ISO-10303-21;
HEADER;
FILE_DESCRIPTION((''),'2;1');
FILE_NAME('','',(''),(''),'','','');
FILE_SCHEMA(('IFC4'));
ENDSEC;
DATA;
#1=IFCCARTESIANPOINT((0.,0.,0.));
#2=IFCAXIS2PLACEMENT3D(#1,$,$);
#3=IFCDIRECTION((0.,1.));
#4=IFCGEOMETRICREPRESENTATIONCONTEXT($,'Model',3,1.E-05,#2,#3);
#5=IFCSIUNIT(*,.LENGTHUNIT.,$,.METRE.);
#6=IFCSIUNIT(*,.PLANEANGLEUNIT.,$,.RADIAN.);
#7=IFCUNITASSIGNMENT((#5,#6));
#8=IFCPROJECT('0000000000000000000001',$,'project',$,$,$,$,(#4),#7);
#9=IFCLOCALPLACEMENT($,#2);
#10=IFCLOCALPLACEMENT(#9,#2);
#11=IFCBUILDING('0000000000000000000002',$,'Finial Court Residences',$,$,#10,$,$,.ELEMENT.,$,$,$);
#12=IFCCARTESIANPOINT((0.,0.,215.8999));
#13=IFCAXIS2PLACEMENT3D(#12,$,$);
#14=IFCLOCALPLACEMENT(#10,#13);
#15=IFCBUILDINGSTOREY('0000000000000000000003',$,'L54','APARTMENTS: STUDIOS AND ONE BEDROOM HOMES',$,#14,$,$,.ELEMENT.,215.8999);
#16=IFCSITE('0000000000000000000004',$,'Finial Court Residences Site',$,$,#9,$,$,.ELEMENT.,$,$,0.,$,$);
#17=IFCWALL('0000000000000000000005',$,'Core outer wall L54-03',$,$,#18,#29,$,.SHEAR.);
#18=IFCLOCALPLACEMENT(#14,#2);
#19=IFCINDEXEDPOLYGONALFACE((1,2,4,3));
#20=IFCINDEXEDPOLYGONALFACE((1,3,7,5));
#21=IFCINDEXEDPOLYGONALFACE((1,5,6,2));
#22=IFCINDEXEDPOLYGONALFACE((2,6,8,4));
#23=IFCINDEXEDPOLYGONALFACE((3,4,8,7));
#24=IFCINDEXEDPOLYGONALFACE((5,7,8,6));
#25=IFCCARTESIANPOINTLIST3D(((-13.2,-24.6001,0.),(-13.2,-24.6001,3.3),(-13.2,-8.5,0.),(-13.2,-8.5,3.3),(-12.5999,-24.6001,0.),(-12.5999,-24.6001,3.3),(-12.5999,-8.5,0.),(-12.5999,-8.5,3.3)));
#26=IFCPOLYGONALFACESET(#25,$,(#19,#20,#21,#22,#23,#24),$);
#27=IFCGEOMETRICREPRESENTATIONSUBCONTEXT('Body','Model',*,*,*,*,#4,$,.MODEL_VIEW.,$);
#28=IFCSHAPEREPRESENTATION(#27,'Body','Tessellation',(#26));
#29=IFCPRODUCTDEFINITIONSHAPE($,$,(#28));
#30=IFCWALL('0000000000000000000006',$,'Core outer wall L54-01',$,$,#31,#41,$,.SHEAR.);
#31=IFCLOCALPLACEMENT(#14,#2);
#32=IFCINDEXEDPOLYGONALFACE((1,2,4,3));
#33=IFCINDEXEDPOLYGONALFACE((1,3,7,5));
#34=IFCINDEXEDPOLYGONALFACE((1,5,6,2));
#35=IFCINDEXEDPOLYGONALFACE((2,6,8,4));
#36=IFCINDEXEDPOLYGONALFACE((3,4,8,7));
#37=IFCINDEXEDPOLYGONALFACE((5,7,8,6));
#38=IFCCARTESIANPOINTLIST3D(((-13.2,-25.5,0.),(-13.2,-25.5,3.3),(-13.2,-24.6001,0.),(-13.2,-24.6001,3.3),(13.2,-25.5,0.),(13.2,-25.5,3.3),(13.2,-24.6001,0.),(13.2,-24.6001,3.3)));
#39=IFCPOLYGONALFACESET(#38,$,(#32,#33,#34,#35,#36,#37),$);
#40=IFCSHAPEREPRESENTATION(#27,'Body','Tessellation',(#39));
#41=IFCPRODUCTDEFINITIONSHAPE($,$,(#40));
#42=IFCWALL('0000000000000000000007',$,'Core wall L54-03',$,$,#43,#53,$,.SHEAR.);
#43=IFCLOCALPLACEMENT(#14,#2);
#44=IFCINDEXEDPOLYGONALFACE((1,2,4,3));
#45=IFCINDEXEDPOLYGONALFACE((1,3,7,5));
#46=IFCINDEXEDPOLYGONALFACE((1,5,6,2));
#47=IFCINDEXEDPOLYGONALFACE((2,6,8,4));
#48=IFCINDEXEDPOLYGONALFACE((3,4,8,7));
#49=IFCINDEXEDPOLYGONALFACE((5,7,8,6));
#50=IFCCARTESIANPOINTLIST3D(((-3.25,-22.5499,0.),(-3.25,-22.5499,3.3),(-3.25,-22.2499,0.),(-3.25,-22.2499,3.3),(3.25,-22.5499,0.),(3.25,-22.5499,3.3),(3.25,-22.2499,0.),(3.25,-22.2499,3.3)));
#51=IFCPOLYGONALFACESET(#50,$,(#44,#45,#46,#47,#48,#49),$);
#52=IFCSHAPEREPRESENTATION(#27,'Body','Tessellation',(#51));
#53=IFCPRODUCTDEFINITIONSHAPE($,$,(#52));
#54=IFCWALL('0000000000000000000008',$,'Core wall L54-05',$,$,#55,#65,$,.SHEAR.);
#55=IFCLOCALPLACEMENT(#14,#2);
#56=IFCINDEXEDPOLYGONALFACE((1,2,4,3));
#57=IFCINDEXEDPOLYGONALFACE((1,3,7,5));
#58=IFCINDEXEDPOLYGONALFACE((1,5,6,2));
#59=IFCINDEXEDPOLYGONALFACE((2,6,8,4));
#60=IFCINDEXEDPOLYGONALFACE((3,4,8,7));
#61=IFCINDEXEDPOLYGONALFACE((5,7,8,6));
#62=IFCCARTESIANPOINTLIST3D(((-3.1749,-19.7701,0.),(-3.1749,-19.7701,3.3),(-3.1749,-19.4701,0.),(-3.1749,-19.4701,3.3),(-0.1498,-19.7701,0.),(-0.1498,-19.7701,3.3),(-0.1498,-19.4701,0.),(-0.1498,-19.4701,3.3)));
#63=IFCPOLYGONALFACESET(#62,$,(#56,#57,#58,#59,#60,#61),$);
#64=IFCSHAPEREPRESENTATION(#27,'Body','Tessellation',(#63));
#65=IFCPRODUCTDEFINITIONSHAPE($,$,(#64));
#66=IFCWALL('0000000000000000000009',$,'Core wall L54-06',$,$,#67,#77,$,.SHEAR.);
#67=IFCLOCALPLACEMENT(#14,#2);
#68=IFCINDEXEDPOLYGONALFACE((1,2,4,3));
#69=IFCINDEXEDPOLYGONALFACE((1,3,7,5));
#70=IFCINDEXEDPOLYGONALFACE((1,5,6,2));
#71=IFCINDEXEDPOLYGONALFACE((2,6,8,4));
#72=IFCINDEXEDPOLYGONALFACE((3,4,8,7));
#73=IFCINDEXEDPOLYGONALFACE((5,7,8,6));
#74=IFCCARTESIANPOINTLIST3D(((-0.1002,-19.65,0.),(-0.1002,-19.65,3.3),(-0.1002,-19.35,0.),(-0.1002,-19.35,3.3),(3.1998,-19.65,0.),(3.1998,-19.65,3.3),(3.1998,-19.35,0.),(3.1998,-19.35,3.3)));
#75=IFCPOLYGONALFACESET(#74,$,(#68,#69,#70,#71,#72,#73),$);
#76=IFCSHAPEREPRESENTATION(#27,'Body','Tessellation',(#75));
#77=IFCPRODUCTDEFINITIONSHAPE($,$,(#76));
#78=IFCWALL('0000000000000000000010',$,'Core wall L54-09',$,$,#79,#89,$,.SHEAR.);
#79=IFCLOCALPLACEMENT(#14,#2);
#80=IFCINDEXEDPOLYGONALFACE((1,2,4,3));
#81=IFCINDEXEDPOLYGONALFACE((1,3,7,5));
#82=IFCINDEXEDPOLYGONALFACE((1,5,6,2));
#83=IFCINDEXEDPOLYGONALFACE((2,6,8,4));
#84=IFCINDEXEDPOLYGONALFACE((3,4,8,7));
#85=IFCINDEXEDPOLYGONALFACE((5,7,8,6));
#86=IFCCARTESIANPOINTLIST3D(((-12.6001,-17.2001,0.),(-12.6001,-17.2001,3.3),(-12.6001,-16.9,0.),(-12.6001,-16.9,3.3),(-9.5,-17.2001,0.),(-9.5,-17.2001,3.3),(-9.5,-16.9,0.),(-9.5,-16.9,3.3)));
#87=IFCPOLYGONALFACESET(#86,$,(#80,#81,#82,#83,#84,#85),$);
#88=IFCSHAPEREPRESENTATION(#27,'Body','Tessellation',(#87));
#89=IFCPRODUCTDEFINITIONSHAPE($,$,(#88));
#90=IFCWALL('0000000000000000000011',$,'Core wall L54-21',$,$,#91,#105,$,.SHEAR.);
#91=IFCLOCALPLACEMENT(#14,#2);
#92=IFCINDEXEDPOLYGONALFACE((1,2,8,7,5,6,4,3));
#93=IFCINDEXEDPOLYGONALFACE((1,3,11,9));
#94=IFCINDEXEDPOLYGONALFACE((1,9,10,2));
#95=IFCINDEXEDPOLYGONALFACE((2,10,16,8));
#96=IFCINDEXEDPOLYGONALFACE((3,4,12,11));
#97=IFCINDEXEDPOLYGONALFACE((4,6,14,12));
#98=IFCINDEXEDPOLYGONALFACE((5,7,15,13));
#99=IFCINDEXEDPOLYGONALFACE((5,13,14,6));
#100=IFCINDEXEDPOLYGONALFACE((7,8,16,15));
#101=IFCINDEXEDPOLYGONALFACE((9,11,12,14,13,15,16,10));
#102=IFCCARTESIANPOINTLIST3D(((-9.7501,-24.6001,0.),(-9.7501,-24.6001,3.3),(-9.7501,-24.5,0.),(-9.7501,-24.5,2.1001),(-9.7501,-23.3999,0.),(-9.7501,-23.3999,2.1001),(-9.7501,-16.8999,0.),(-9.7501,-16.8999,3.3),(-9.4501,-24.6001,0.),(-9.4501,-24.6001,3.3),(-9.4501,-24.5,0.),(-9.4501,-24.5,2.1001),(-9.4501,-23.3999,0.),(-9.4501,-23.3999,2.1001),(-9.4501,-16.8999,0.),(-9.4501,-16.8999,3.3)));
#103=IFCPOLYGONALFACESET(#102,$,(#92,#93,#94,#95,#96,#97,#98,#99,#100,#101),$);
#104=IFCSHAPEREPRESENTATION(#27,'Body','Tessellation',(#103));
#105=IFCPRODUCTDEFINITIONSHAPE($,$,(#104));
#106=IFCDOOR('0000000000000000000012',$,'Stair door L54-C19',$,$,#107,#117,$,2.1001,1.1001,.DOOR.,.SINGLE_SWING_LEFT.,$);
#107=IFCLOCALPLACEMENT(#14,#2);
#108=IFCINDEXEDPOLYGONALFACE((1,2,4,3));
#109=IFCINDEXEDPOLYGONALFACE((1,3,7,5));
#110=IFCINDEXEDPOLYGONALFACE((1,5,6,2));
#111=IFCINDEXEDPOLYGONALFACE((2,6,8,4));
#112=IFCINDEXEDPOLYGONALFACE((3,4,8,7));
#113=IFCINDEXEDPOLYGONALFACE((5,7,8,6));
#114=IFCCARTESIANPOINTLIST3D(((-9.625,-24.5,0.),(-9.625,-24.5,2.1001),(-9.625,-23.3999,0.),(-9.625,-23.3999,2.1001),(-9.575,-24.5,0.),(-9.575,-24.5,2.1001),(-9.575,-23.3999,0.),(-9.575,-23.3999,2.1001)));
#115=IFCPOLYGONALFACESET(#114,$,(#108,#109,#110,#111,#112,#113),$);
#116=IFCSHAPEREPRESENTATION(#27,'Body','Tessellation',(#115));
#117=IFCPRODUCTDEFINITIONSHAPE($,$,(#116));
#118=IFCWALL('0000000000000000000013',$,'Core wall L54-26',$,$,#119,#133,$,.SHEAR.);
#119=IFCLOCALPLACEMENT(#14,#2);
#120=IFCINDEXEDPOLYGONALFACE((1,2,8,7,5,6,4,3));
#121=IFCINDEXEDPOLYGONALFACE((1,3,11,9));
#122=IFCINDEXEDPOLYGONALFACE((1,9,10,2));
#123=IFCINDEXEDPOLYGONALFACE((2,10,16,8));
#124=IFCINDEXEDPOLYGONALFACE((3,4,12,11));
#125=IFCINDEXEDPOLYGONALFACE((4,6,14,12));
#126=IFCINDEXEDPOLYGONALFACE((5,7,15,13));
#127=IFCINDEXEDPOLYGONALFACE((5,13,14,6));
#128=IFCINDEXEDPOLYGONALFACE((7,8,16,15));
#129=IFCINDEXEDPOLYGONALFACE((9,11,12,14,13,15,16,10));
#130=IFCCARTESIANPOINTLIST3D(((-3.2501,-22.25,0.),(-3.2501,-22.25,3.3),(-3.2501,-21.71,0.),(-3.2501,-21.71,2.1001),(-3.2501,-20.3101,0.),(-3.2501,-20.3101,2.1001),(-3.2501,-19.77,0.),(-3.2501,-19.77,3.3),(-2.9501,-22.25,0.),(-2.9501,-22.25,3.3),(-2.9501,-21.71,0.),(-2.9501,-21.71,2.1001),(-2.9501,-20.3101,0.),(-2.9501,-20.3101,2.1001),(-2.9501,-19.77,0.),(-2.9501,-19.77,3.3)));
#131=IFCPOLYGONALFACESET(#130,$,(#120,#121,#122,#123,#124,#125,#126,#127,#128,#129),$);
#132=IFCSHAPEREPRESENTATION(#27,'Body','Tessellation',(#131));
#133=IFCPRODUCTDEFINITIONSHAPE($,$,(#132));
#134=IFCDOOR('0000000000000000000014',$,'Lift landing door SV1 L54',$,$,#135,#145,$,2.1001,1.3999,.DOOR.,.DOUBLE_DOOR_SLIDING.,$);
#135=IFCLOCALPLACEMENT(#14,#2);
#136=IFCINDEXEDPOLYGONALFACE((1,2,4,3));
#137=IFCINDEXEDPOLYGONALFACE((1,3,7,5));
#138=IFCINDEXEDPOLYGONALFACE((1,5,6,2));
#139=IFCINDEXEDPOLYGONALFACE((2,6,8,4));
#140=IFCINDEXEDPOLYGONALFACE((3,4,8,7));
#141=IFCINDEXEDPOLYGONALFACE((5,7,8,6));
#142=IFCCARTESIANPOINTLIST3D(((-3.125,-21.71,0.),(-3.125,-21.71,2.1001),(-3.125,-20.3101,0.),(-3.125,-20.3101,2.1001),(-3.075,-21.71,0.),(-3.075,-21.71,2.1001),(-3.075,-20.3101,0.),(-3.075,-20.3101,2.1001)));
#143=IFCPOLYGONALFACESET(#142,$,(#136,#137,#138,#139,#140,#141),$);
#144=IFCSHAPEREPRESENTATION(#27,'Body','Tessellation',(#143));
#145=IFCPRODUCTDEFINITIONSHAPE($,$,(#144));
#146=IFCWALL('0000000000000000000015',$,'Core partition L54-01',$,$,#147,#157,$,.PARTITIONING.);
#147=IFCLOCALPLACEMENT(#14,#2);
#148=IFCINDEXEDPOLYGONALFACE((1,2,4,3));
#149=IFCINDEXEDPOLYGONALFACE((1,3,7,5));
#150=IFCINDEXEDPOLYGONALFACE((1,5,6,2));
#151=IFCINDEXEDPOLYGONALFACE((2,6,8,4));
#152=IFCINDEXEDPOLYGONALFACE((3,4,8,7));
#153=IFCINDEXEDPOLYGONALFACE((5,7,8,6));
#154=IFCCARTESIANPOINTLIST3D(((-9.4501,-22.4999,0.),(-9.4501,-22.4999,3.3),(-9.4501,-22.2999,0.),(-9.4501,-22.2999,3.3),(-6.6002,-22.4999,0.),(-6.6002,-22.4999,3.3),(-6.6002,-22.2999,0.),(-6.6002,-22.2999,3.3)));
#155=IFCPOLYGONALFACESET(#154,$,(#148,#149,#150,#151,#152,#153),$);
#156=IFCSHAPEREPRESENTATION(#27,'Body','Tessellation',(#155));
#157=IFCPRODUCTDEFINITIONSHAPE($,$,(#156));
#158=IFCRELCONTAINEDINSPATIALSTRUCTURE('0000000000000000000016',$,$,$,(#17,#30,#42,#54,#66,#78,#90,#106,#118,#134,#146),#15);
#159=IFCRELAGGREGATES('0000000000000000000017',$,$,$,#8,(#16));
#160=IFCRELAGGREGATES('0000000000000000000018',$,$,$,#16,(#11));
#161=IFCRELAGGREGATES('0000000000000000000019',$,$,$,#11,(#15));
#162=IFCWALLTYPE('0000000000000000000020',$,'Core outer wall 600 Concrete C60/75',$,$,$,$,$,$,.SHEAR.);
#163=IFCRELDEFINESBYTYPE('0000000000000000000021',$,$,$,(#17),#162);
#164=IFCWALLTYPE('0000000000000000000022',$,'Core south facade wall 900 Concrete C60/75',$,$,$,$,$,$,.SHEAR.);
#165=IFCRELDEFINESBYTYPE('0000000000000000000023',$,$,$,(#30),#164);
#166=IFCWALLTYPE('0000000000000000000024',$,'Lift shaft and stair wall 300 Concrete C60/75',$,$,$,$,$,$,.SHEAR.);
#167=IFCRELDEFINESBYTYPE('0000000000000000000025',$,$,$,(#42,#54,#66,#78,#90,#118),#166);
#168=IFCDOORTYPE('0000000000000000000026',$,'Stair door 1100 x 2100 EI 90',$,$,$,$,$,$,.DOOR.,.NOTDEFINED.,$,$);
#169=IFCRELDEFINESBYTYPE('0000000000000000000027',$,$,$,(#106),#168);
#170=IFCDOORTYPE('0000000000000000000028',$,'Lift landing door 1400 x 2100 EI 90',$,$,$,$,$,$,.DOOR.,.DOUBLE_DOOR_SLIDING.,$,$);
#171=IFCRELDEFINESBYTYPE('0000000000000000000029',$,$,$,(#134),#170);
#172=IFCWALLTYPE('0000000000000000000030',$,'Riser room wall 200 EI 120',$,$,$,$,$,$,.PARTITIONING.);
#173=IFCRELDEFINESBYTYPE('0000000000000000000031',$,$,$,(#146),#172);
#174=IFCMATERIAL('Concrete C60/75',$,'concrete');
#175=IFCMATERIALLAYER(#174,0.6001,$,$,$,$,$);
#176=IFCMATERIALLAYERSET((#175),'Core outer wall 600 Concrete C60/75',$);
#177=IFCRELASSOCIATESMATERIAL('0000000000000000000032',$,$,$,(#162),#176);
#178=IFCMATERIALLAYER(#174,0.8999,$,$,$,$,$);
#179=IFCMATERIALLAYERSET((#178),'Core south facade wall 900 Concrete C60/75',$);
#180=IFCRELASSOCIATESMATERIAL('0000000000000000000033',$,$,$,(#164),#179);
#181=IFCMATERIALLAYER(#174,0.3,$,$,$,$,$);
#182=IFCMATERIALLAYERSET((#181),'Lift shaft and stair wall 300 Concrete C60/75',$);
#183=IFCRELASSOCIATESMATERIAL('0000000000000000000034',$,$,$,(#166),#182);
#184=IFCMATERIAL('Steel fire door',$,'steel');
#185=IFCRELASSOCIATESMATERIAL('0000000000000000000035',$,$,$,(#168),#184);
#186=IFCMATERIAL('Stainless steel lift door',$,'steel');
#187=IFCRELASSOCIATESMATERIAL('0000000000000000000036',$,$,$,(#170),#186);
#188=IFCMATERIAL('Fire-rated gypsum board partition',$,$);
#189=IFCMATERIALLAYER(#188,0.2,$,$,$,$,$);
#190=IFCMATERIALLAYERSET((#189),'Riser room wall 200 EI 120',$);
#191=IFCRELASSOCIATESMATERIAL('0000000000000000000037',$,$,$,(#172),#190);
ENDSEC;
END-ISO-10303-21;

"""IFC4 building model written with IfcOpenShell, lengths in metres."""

from ifc_helpers import new_model, si_unit, direction, frame, frame_2d, origin, place, context, subcontext, project, spatial, rectangle, extrude, material, layer, layer_set, type_object, element, fill, save


model = new_model("IFC4")

# Units and contexts
model_context = context("Model", 3, precision=1e-05, world=origin(), true_north=direction((0.0, 1.0)))
body_context = subcontext(model_context, "Body", "Model", "MODEL_VIEW")
ifc_project = project(units=[si_unit("LENGTHUNIT", "METRE"), si_unit("PLANEANGLEUNIT", "RADIAN")], contexts=[model_context])

# Site, building, storey
site_placement = place(None, origin())
site = spatial("IfcSite", under=ifc_project, at=site_placement, Name="Finial Court Residences Site", CompositionType="ELEMENT", RefElevation=0.0)
building_placement = place(site_placement, origin())
building = spatial("IfcBuilding", under=site, at=building_placement, Name="Finial Court Residences", CompositionType="ELEMENT")
storey_placement = place(building_placement, frame((0.0, 0.0, 215.8999)))
storey = spatial("IfcBuildingStorey", under=building, at=storey_placement, Name="L54", Description="APARTMENTS: STUDIOS AND ONE BEDROOM HOMES", CompositionType="ELEMENT", Elevation=215.8999)

# Walls
ifc_material_1 = material(Name="Concrete C60/75", Category="concrete")
ifc_layer_1 = layer(ifc_material_1, 0.6001)
ifc_layer_set_1 = layer_set([ifc_layer_1], Name="Core outer wall 600 Concrete C60/75")
wall_type_1 = type_object("IfcWallType", Name="Core outer wall 600 Concrete C60/75", PredefinedType="SHEAR", material=ifc_layer_set_1)
wall_1_placement = place(storey_placement, frame((-12.8999, -24.6001, 0.0), z_axis=(0.0, 0.0, 1.0), x_axis=(0.0, 1.0, 0.0)))
element("IfcWall", 1, at=wall_1_placement, inside=storey, type_object=wall_type_1, Name="Core outer wall L54-03", PredefinedType="SHEAR", context=body_context, shape_type="SweptSolid", body=[
    extrude(rectangle(XDim=16.1001, YDim=0.6001, at=frame_2d((8.05, 0.0))), origin(), (0.0, 0.0, 1.0), 3.3),
])
ifc_layer_2 = layer(ifc_material_1, 0.8999)
ifc_layer_set_2 = layer_set([ifc_layer_2], Name="Core south facade wall 900 Concrete C60/75")
wall_type_2 = type_object("IfcWallType", Name="Core south facade wall 900 Concrete C60/75", PredefinedType="SHEAR", material=ifc_layer_set_2)
wall_2_placement = place(storey_placement, frame((-13.2, -25.05, 0.0), z_axis=(0.0, 0.0, 1.0), x_axis=(1.0, 0.0, 0.0)))
element("IfcWall", 2, at=wall_2_placement, inside=storey, type_object=wall_type_2, Name="Core outer wall L54-01", PredefinedType="SHEAR", context=body_context, shape_type="SweptSolid", body=[
    extrude(rectangle(XDim=26.3999, YDim=0.8999, at=frame_2d((13.2, 0.0))), origin(), (0.0, 0.0, 1.0), 3.3),
])
ifc_layer_3 = layer(ifc_material_1, 0.3)
ifc_layer_set_3 = layer_set([ifc_layer_3], Name="Lift shaft and stair wall 300 Concrete C60/75")
wall_type_3 = type_object("IfcWallType", Name="Lift shaft and stair wall 300 Concrete C60/75", PredefinedType="SHEAR", material=ifc_layer_set_3)
wall_3_placement = place(storey_placement, frame((-3.25, -22.3999, 0.0), z_axis=(0.0, 0.0, 1.0), x_axis=(1.0, 0.0, 0.0)))
element("IfcWall", 3, at=wall_3_placement, inside=storey, type_object=wall_type_3, Name="Core wall L54-03", PredefinedType="SHEAR", context=body_context, shape_type="SweptSolid", body=[
    extrude(rectangle(XDim=6.5, YDim=0.3, at=frame_2d((3.25, 0.0))), origin(), (0.0, 0.0, 1.0), 3.3),
])
wall_4_placement = place(storey_placement, frame((-3.175, -19.6201, 0.0), z_axis=(0.0, 0.0, 1.0), x_axis=(1.0, 0.0, 0.0)))
element("IfcWall", 4, at=wall_4_placement, inside=storey, type_object=wall_type_3, Name="Core wall L54-05", PredefinedType="SHEAR", context=body_context, shape_type="SweptSolid", body=[
    extrude(rectangle(XDim=3.0251, YDim=0.3, at=frame_2d((1.5127, 0.0))), origin(), (0.0, 0.0, 1.0), 3.3),
])
wall_5_placement = place(storey_placement, frame((-0.1001, -19.5, 0.0), z_axis=(0.0, 0.0, 1.0), x_axis=(1.0, 0.0, 0.0)))
element("IfcWall", 5, at=wall_5_placement, inside=storey, type_object=wall_type_3, Name="Core wall L54-06", PredefinedType="SHEAR", context=body_context, shape_type="SweptSolid", body=[
    extrude(rectangle(XDim=3.3, YDim=0.3, at=frame_2d((1.6499, 0.0))), origin(), (0.0, 0.0, 1.0), 3.3),
])
wall_6_placement = place(storey_placement, frame((-12.6001, -17.05, 0.0), z_axis=(0.0, 0.0, 1.0), x_axis=(1.0, 0.0, 0.0)))
element("IfcWall", 6, at=wall_6_placement, inside=storey, type_object=wall_type_3, Name="Core wall L54-09", PredefinedType="SHEAR", context=body_context, shape_type="SweptSolid", body=[
    extrude(rectangle(XDim=3.1001, YDim=0.3, at=frame_2d((1.55, 0.0))), origin(), (0.0, 0.0, 1.0), 3.3),
])

# Walls, openings, doors
wall_7_placement = place(storey_placement, frame((-9.6001, -24.6001, 0.0), z_axis=(0.0, 0.0, 1.0), x_axis=(0.0, 1.0, 0.0)))
wall_7 = element("IfcWall", 7, at=wall_7_placement, inside=storey, type_object=wall_type_3, Name="Core wall L54-21", PredefinedType="SHEAR", context=body_context, shape_type="SweptSolid", body=[
    extrude(rectangle(XDim=7.7002, YDim=0.3, at=frame_2d((3.8501, 0.0))), origin(), (0.0, 0.0, 1.0), 3.3),
])
opening_1_placement = place(wall_7_placement, frame((0.1001, 0.0, 0.0)))
opening_1 = element("IfcOpeningElement", 8, at=opening_1_placement, cuts=wall_7, PredefinedType="OPENING", context=body_context, shape_type="SweptSolid", body=[
    extrude(rectangle(XDim=1.1001, YDim=2.1001, at=frame_2d((0.55, 1.05))), frame((0.0, 0.1599, 0.0), z_axis=(0.0, -1.0, 0.0), x_axis=(1.0, 0.0, 0.0)), (0.0, 0.0, 1.0), 0.3201),
])
ifc_material_2 = material(Name="Steel fire door", Category="steel")
door_type_1 = type_object("IfcDoorType", Name="Stair door 1100 x 2100 EI 90", OperationType="NOTDEFINED", PredefinedType="DOOR", material=ifc_material_2)
door_1_placement = place(opening_1_placement, origin())
door_1 = element("IfcDoor", 9, at=door_1_placement, inside=storey, type_object=door_type_1, Name="Stair door L54-C19", OperationType="SINGLE_SWING_LEFT", OverallHeight=2.1001, OverallWidth=1.1001, PredefinedType="DOOR", context=body_context, shape_type="SweptSolid", body=[
    extrude(rectangle(XDim=1.1001, YDim=2.1001, at=frame_2d((0.55, 1.05))), frame((0.0, 0.0249, 0.0), z_axis=(0.0, -1.0, 0.0), x_axis=(1.0, 0.0, 0.0)), (0.0, 0.0, 1.0), 0.05),
])
fill(opening_1, door_1)
wall_8_placement = place(storey_placement, frame((-3.1001, -22.25, 0.0), z_axis=(0.0, 0.0, 1.0), x_axis=(0.0, 1.0, 0.0)))
wall_8 = element("IfcWall", 10, at=wall_8_placement, inside=storey, type_object=wall_type_3, Name="Core wall L54-26", PredefinedType="SHEAR", context=body_context, shape_type="SweptSolid", body=[
    extrude(rectangle(XDim=2.48, YDim=0.3, at=frame_2d((1.24, 0.0))), origin(), (0.0, 0.0, 1.0), 3.3),
])
opening_2_placement = place(wall_8_placement, frame((0.54, 0.0, 0.0)))
opening_2 = element("IfcOpeningElement", 11, at=opening_2_placement, cuts=wall_8, PredefinedType="OPENING", context=body_context, shape_type="SweptSolid", body=[
    extrude(rectangle(XDim=1.3999, YDim=2.1001, at=frame_2d((0.7, 1.05))), frame((0.0, 0.1599, 0.0), z_axis=(0.0, -1.0, 0.0), x_axis=(1.0, 0.0, 0.0)), (0.0, 0.0, 1.0), 0.3201),
])
ifc_material_3 = material(Name="Stainless steel lift door", Category="steel")
door_type_2 = type_object("IfcDoorType", Name="Lift landing door 1400 x 2100 EI 90", OperationType="DOUBLE_DOOR_SLIDING", PredefinedType="DOOR", material=ifc_material_3)
door_2_placement = place(opening_2_placement, origin())
door_2 = element("IfcDoor", 12, at=door_2_placement, inside=storey, type_object=door_type_2, Name="Lift landing door SV1 L54", OperationType="DOUBLE_DOOR_SLIDING", OverallHeight=2.1001, OverallWidth=1.3999, PredefinedType="DOOR", context=body_context, shape_type="SweptSolid", body=[
    extrude(rectangle(XDim=1.3999, YDim=2.1001, at=frame_2d((0.7, 1.05))), frame((0.0, 0.0249, 0.0), z_axis=(0.0, -1.0, 0.0), x_axis=(1.0, 0.0, 0.0)), (0.0, 0.0, 1.0), 0.05),
])
fill(opening_2, door_2)

# Wall
ifc_material_4 = material(Name="Fire-rated gypsum board partition")
ifc_layer_4 = layer(ifc_material_4, 0.2)
ifc_layer_set_4 = layer_set([ifc_layer_4], Name="Riser room wall 200 EI 120")
wall_type_4 = type_object("IfcWallType", Name="Riser room wall 200 EI 120", PredefinedType="PARTITIONING", material=ifc_layer_set_4)
wall_9_placement = place(storey_placement, frame((-9.45, -22.3999, 0.0), z_axis=(0.0, 0.0, 1.0), x_axis=(1.0, 0.0, 0.0)))
element("IfcWall", 13, at=wall_9_placement, inside=storey, type_object=wall_type_4, Name="Core partition L54-01", PredefinedType="PARTITIONING", context=body_context, shape_type="SweptSolid", body=[
    extrude(rectangle(XDim=2.8499, YDim=0.2, at=frame_2d((1.4248, 0.0))), origin(), (0.0, 0.0, 1.0), 3.3),
])

save(model, "model.ifc")
